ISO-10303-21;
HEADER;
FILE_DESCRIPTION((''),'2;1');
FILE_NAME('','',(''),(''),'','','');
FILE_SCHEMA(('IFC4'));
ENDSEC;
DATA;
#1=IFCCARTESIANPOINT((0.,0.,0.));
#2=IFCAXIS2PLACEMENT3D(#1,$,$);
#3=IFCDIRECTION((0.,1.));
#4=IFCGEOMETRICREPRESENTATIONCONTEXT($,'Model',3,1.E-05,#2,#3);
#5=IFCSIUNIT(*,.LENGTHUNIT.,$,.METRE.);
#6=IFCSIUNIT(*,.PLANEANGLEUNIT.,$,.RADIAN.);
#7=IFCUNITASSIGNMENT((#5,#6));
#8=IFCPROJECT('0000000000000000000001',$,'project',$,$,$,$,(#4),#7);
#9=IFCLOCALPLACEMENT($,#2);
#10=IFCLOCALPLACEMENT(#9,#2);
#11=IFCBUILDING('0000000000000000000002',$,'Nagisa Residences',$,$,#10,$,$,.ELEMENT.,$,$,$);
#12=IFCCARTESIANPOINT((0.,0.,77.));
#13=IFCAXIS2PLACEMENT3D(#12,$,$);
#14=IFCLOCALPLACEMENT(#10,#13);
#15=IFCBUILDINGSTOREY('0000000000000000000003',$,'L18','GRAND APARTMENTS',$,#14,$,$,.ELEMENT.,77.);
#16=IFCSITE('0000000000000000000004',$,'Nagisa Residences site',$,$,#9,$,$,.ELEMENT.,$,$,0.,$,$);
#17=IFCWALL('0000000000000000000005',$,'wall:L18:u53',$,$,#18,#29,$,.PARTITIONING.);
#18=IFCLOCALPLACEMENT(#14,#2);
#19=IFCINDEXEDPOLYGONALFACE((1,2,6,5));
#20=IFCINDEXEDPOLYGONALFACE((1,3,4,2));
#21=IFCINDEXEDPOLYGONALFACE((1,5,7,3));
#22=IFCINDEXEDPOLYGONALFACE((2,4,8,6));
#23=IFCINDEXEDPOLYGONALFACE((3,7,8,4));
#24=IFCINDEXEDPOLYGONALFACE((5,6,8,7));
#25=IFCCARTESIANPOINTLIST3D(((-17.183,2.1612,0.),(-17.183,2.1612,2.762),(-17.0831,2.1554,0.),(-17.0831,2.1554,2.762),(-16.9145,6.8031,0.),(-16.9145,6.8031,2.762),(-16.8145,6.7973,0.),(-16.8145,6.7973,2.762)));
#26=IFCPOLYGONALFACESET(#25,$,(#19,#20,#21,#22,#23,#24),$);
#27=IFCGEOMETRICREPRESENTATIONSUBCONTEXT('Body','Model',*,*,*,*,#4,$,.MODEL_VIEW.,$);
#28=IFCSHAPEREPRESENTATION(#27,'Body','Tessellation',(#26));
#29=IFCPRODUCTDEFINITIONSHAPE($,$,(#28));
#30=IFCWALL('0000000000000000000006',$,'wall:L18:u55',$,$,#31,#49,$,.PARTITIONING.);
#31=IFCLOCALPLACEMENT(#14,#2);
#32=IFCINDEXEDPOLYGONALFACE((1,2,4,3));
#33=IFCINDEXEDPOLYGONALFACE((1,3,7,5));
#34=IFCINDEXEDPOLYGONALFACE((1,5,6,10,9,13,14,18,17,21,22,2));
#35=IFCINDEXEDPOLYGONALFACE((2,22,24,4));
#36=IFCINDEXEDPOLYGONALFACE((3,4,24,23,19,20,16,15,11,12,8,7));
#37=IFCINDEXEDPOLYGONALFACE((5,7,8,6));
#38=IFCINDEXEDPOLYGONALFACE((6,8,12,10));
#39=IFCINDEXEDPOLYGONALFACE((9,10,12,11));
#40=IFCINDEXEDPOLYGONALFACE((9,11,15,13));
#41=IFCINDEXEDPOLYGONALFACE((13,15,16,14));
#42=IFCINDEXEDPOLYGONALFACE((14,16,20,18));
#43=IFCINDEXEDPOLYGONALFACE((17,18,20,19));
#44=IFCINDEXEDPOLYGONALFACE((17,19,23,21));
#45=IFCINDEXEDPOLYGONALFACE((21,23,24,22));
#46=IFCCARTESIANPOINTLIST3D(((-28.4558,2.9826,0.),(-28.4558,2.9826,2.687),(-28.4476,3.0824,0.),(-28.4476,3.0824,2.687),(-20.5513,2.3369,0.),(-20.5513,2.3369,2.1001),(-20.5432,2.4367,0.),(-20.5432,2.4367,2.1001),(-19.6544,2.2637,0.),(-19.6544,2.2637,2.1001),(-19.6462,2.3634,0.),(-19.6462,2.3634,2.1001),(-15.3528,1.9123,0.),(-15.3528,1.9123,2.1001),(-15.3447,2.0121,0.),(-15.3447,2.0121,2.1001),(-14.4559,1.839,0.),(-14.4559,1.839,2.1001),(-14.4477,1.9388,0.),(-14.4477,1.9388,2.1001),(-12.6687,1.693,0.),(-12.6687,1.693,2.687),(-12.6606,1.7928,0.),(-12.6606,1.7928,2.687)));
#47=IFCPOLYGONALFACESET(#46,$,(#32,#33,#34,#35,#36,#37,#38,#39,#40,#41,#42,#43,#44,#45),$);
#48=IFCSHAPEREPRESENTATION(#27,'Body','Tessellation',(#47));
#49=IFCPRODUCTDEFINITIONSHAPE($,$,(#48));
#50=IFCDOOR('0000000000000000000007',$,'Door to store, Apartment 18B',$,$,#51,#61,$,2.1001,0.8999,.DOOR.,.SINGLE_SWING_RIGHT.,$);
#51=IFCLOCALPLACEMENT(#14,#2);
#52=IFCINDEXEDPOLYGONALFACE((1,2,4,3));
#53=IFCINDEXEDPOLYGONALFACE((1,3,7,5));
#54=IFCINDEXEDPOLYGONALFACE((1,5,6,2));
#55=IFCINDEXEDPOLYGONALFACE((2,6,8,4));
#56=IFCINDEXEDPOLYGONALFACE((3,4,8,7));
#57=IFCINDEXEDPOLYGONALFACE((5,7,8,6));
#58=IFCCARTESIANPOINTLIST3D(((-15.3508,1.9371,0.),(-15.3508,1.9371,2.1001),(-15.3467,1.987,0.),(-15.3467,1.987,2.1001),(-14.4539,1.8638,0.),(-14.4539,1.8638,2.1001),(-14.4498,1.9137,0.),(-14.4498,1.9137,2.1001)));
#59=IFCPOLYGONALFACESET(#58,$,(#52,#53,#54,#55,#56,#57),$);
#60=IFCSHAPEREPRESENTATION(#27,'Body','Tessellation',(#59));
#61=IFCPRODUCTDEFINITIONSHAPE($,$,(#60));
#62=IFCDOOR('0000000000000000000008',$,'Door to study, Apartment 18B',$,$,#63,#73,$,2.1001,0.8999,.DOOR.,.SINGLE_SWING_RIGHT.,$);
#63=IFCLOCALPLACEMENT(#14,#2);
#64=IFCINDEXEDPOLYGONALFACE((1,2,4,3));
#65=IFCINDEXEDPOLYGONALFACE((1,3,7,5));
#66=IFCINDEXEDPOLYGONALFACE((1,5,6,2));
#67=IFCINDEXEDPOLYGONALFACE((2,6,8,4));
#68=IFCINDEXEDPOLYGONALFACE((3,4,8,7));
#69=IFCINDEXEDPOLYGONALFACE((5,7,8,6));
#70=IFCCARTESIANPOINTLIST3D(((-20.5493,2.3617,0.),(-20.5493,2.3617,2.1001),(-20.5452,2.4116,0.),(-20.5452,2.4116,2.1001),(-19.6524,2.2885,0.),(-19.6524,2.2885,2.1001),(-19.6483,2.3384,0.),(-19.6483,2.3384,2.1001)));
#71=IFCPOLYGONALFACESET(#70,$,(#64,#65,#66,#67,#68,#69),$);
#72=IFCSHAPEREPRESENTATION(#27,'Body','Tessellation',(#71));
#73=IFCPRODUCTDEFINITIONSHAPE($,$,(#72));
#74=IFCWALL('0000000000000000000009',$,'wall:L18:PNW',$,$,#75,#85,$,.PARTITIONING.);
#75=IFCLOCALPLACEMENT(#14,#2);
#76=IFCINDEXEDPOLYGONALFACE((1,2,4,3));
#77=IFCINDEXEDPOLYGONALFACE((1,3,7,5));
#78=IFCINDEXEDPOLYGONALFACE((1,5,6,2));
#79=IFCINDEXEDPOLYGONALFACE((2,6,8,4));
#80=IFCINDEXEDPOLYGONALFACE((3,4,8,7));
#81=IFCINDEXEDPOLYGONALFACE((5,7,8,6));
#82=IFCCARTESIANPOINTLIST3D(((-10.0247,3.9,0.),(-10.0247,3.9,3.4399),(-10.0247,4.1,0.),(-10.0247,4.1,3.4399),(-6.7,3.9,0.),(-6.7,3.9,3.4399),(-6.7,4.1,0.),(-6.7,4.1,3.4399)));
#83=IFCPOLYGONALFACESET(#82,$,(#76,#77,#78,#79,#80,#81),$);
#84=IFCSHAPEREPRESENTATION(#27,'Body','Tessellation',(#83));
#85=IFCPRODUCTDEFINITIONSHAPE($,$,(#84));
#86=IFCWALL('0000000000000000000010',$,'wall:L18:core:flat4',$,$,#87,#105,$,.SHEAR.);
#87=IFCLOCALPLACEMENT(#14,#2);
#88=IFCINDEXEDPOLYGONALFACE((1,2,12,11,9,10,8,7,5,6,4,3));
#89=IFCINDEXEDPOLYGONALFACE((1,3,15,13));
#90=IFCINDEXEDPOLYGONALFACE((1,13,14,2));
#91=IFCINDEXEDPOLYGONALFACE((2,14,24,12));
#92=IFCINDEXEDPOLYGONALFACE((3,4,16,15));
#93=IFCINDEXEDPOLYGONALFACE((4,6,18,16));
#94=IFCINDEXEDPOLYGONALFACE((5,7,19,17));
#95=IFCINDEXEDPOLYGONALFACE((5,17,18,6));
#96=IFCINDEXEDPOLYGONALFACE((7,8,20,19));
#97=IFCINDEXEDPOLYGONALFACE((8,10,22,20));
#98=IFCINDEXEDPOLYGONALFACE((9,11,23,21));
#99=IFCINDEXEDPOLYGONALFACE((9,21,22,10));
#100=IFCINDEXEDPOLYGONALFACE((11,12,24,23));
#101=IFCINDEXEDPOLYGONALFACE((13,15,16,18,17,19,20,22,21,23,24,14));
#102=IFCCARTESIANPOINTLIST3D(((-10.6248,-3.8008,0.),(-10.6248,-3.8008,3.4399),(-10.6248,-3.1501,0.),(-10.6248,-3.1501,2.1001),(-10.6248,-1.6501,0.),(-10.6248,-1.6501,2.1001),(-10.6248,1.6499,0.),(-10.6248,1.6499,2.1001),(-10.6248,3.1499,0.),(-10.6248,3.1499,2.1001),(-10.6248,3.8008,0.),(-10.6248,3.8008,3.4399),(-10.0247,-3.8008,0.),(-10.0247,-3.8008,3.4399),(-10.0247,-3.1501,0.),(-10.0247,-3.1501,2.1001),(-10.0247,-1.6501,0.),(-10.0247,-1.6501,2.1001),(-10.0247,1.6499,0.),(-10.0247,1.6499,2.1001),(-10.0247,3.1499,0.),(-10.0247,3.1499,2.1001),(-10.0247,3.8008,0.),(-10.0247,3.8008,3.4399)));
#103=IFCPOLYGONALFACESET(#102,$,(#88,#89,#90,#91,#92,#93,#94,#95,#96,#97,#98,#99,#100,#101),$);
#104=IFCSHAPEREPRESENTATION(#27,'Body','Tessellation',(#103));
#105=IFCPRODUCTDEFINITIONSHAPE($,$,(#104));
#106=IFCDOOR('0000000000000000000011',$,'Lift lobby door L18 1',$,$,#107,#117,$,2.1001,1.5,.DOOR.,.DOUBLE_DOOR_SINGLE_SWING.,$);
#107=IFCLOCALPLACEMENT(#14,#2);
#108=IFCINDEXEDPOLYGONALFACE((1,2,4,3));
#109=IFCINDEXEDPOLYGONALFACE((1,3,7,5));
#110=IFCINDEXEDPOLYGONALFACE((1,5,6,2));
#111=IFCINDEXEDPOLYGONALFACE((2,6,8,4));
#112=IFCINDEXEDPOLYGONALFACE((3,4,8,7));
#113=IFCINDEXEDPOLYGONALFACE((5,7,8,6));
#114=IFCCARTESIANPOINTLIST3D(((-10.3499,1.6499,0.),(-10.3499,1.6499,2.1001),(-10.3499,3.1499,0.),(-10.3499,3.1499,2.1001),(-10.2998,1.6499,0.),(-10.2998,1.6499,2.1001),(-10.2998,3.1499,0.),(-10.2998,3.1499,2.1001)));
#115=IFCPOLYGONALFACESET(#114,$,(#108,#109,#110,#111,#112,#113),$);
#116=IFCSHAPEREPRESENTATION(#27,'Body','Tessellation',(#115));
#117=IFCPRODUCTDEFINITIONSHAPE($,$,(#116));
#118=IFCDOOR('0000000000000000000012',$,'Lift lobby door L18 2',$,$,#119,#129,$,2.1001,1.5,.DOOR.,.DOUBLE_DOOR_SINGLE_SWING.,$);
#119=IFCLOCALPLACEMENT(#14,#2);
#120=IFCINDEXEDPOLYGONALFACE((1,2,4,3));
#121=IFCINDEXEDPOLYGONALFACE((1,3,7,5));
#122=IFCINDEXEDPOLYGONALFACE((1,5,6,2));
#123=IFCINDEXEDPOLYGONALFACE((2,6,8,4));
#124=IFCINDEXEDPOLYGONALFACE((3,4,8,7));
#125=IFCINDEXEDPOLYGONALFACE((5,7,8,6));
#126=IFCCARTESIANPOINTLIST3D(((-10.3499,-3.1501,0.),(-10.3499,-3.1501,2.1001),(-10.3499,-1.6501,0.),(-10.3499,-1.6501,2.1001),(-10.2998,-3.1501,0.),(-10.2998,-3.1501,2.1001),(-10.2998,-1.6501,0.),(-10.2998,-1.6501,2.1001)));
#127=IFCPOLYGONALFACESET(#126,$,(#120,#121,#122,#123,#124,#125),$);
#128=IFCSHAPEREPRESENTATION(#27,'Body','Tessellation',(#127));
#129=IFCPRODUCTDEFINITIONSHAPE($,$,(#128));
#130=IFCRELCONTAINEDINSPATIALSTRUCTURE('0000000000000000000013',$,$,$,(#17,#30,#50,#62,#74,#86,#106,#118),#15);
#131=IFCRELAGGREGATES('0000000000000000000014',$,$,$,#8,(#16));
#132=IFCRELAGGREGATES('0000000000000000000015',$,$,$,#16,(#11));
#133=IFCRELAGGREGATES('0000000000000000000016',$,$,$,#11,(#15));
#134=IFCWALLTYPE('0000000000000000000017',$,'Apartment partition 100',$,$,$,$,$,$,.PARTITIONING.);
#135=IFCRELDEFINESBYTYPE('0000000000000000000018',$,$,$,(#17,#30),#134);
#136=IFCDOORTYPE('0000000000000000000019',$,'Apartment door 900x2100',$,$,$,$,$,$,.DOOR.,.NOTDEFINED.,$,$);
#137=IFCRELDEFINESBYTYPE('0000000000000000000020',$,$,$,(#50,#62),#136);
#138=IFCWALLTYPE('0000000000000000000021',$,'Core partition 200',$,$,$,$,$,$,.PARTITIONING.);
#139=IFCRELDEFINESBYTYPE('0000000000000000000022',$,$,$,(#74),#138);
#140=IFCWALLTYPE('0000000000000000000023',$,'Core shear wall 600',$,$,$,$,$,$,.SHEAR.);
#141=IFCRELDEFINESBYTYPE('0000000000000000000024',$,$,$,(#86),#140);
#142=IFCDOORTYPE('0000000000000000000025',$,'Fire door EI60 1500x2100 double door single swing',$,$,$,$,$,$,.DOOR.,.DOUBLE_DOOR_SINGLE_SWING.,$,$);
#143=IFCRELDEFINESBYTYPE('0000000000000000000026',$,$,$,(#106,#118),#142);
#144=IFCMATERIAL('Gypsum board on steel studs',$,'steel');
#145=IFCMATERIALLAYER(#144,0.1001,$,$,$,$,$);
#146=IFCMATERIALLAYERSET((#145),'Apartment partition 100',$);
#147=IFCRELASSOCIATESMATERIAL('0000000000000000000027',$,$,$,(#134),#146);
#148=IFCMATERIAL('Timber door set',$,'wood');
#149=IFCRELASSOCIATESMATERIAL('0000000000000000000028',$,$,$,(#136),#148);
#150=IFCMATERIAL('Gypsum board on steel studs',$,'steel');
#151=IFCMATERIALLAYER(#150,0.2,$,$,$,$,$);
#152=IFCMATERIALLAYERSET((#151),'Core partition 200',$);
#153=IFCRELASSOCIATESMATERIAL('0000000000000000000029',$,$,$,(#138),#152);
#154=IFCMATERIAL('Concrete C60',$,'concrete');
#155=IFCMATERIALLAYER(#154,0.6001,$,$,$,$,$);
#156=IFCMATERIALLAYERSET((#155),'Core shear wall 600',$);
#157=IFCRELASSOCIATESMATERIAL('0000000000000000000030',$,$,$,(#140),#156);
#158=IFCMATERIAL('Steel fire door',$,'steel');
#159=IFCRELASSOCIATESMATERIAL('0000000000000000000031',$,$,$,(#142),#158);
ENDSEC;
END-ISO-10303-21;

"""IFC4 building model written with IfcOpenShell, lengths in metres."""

from ifc_helpers import new_model, si_unit, direction, frame, frame_2d, origin, place, context, subcontext, project, spatial, rectangle, extrude, material, layer, layer_set, type_object, element, fill, save


model = new_model("IFC4")

# Units and contexts
model_context = context("Model", 3, precision=1e-05, world=origin(), true_north=direction((0.0, 1.0)))
body_context = subcontext(model_context, "Body", "Model", "MODEL_VIEW")
ifc_project = project(units=[si_unit("LENGTHUNIT", "METRE"), si_unit("PLANEANGLEUNIT", "RADIAN")], contexts=[model_context])

# Site, building, storey
site_placement = place(None, origin())
site = spatial("IfcSite", under=ifc_project, at=site_placement, Name="Nagisa Residences site", CompositionType="ELEMENT", RefElevation=0.0)
building_placement = place(site_placement, origin())
building = spatial("IfcBuilding", under=site, at=building_placement, Name="Nagisa Residences", CompositionType="ELEMENT")
storey_placement = place(building_placement, frame((0.0, 0.0, 77.0)))
storey = spatial("IfcBuildingStorey", under=building, at=storey_placement, Name="L18", Description="GRAND APARTMENTS", CompositionType="ELEMENT", Elevation=77.0)

# Shared definitions
ifc_material_1 = material(Name="Gypsum board on steel studs", Category="steel")
ifc_layer_1 = layer(ifc_material_1, 0.1001)
ifc_layer_set_1 = layer_set([ifc_layer_1], Name="Apartment partition 100")
wall_type_1 = type_object("IfcWallType", Name="Apartment partition 100", PredefinedType="PARTITIONING", material=ifc_layer_set_1)

# Shared definitions
ifc_material_2 = material(Name="Timber door set", Category="wood")
door_type_1 = type_object("IfcDoorType", Name="Apartment door 900x2100", OperationType="NOTDEFINED", PredefinedType="DOOR", material=ifc_material_2)

# Wall
wall_1_placement = place(storey_placement, frame((-16.8645, 6.8, 0.0), z_axis=(0.0, 0.0, 1.0), x_axis=(-0.057759, -0.998331, 0.0)))
element("IfcWall", 1, at=wall_1_placement, inside=storey, type_object=wall_type_1, Name="wall:L18:u53", PredefinedType="PARTITIONING", context=body_context, shape_type="SweptSolid", body=[
    extrude(rectangle(XDim=4.6497, YDim=0.1001, at=frame_2d((2.3247, 0.0))), origin(), (0.0, 0.0, 1.0), 2.762),
])

# Wall, openings, doors
wall_2_placement = place(storey_placement, frame((-12.6646, 1.7429, 0.0), z_axis=(0.0, 0.0, 1.0), x_axis=(-0.99668, 0.081413, 0.0)))
wall_2 = element("IfcWall", 2, at=wall_2_placement, inside=storey, type_object=wall_type_1, Name="wall:L18:u55", PredefinedType="PARTITIONING", context=body_context, shape_type="SweptSolid", body=[
    extrude(rectangle(XDim=15.8396, YDim=0.1001, at=frame_2d((7.9199, 0.0))), origin(), (0.0, 0.0, 1.0), 2.687),
])
opening_1_placement = place(wall_2_placement, frame((1.7932, 0.0, 0.0)))
opening_1 = element("IfcOpeningElement", 3, at=opening_1_placement, cuts=wall_2, PredefinedType="OPENING", context=body_context, shape_type="SweptSolid", body=[
    extrude(rectangle(XDim=0.8999, YDim=2.1001, at=frame_2d((0.45, 1.05))), frame((0.0, 0.0601, 0.0), z_axis=(0.0, -1.0, 0.0), x_axis=(1.0, 0.0, 0.0)), (0.0, 0.0, 1.0), 0.1201),
])
opening_2_placement = place(wall_2_placement, frame((7.009, 0.0, 0.0)))
opening_2 = element("IfcOpeningElement", 4, at=opening_2_placement, cuts=wall_2, PredefinedType="OPENING", context=body_context, shape_type="SweptSolid", body=[
    extrude(rectangle(XDim=0.8999, YDim=2.1001, at=frame_2d((0.45, 1.05))), frame((0.0, 0.0601, 0.0), z_axis=(0.0, -1.0, 0.0), x_axis=(1.0, 0.0, 0.0)), (0.0, 0.0, 1.0), 0.1201),
])
door_1_placement = place(opening_1_placement, frame((0.8999, 0.0, 0.0), x_axis=(-1.0, 0.0, 0.0)))
door_1 = element("IfcDoor", 5, at=door_1_placement, inside=storey, type_object=door_type_1, Name="Door to store, Apartment 18B", OperationType="SINGLE_SWING_RIGHT", OverallHeight=2.1001, OverallWidth=0.8999, PredefinedType="DOOR", context=body_context, shape_type="SweptSolid", body=[
    extrude(rectangle(XDim=0.8999, YDim=2.1001, at=frame_2d((0.45, 1.05))), frame((0.0, 0.0249, 0.0), z_axis=(0.0, -1.0, 0.0), x_axis=(1.0, 0.0, 0.0)), (0.0, 0.0, 1.0), 0.05),
])
fill(opening_1, door_1)
door_2_placement = place(opening_2_placement, frame((0.8999, 0.0, 0.0), x_axis=(-1.0, 0.0, 0.0)))
door_2 = element("IfcDoor", 6, at=door_2_placement, inside=storey, type_object=door_type_1, Name="Door to study, Apartment 18B", OperationType="SINGLE_SWING_RIGHT", OverallHeight=2.1001, OverallWidth=0.8999, PredefinedType="DOOR", context=body_context, shape_type="SweptSolid", body=[
    extrude(rectangle(XDim=0.8999, YDim=2.1001, at=frame_2d((0.45, 1.05))), frame((0.0, 0.0249, 0.0), z_axis=(0.0, -1.0, 0.0), x_axis=(1.0, 0.0, 0.0)), (0.0, 0.0, 1.0), 0.05),
])
fill(opening_2, door_2)

# Wall
ifc_material_3 = material(Name="Gypsum board on steel studs", Category="steel")
ifc_layer_2 = layer(ifc_material_3, 0.2)
ifc_layer_set_2 = layer_set([ifc_layer_2], Name="Core partition 200")
wall_type_2 = type_object("IfcWallType", Name="Core partition 200", PredefinedType="PARTITIONING", material=ifc_layer_set_2)
wall_3_placement = place(storey_placement, frame((-10.0247, 4.0, 0.0), z_axis=(0.0, 0.0, 1.0), x_axis=(1.0, 0.0, 0.0)))
element("IfcWall", 7, at=wall_3_placement, inside=storey, type_object=wall_type_2, Name="wall:L18:PNW", PredefinedType="PARTITIONING", context=body_context, shape_type="SweptSolid", body=[
    extrude(rectangle(XDim=3.3247, YDim=0.2, at=frame_2d((1.6624, 0.0))), origin(), (0.0, 0.0, 1.0), 3.4399),
])

# Wall, openings, doors
ifc_material_4 = material(Name="Concrete C60", Category="concrete")
ifc_layer_3 = layer(ifc_material_4, 0.6001)
ifc_layer_set_3 = layer_set([ifc_layer_3], Name="Core shear wall 600")
wall_type_3 = type_object("IfcWallType", Name="Core shear wall 600", PredefinedType="SHEAR", material=ifc_layer_set_3)
wall_4_placement = place(storey_placement, frame((-10.3247, 3.8008, 0.0), z_axis=(0.0, 0.0, 1.0), x_axis=(0.0, -1.0, 0.0)))
wall_4 = element("IfcWall", 8, at=wall_4_placement, inside=storey, type_object=wall_type_3, Name="wall:L18:core:flat4", PredefinedType="SHEAR", context=body_context, shape_type="SweptSolid", body=[
    extrude(rectangle(XDim=7.6016, YDim=0.6001, at=frame_2d((3.8008, 0.0))), origin(), (0.0, 0.0, 1.0), 3.4399),
])
opening_3_placement = place(wall_4_placement, frame((0.6509, 0.0, 0.0)))
opening_3 = element("IfcOpeningElement", 9, at=opening_3_placement, cuts=wall_4, PredefinedType="OPENING", context=body_context, shape_type="SweptSolid", body=[
    extrude(rectangle(XDim=1.5, YDim=2.1001, at=frame_2d((0.75, 1.05))), frame((0.0, 0.3101, 0.0), z_axis=(0.0, -1.0, 0.0), x_axis=(1.0, 0.0, 0.0)), (0.0, 0.0, 1.0), 0.6201),
])
opening_4_placement = place(wall_4_placement, frame((5.4509, 0.0, 0.0)))
opening_4 = element("IfcOpeningElement", 10, at=opening_4_placement, cuts=wall_4, PredefinedType="OPENING", context=body_context, shape_type="SweptSolid", body=[
    extrude(rectangle(XDim=1.5, YDim=2.1001, at=frame_2d((0.75, 1.05))), frame((0.0, 0.3101, 0.0), z_axis=(0.0, -1.0, 0.0), x_axis=(1.0, 0.0, 0.0)), (0.0, 0.0, 1.0), 0.6201),
])
ifc_material_5 = material(Name="Steel fire door", Category="steel")
door_type_2 = type_object("IfcDoorType", Name="Fire door EI60 1500x2100 double door single swing", OperationType="DOUBLE_DOOR_SINGLE_SWING", PredefinedType="DOOR", material=ifc_material_5)
door_3_placement = place(opening_3_placement, origin())
door_3 = element("IfcDoor", 11, at=door_3_placement, inside=storey, type_object=door_type_2, Name="Lift lobby door L18 1", OperationType="DOUBLE_DOOR_SINGLE_SWING", OverallHeight=2.1001, OverallWidth=1.5, PredefinedType="DOOR", context=body_context, shape_type="SweptSolid", body=[
    extrude(rectangle(XDim=1.5, YDim=2.1001, at=frame_2d((0.75, 1.05))), frame((0.0, 0.0249, 0.0), z_axis=(0.0, -1.0, 0.0), x_axis=(1.0, 0.0, 0.0)), (0.0, 0.0, 1.0), 0.05),
])
fill(opening_3, door_3)
door_4_placement = place(opening_4_placement, origin())
door_4 = element("IfcDoor", 12, at=door_4_placement, inside=storey, type_object=door_type_2, Name="Lift lobby door L18 2", OperationType="DOUBLE_DOOR_SINGLE_SWING", OverallHeight=2.1001, OverallWidth=1.5, PredefinedType="DOOR", context=body_context, shape_type="SweptSolid", body=[
    extrude(rectangle(XDim=1.5, YDim=2.1001, at=frame_2d((0.75, 1.05))), frame((0.0, 0.0249, 0.0), z_axis=(0.0, -1.0, 0.0), x_axis=(1.0, 0.0, 0.0)), (0.0, 0.0, 1.0), 0.05),
])
fill(opening_4, door_4)

save(model, "model.ifc")
